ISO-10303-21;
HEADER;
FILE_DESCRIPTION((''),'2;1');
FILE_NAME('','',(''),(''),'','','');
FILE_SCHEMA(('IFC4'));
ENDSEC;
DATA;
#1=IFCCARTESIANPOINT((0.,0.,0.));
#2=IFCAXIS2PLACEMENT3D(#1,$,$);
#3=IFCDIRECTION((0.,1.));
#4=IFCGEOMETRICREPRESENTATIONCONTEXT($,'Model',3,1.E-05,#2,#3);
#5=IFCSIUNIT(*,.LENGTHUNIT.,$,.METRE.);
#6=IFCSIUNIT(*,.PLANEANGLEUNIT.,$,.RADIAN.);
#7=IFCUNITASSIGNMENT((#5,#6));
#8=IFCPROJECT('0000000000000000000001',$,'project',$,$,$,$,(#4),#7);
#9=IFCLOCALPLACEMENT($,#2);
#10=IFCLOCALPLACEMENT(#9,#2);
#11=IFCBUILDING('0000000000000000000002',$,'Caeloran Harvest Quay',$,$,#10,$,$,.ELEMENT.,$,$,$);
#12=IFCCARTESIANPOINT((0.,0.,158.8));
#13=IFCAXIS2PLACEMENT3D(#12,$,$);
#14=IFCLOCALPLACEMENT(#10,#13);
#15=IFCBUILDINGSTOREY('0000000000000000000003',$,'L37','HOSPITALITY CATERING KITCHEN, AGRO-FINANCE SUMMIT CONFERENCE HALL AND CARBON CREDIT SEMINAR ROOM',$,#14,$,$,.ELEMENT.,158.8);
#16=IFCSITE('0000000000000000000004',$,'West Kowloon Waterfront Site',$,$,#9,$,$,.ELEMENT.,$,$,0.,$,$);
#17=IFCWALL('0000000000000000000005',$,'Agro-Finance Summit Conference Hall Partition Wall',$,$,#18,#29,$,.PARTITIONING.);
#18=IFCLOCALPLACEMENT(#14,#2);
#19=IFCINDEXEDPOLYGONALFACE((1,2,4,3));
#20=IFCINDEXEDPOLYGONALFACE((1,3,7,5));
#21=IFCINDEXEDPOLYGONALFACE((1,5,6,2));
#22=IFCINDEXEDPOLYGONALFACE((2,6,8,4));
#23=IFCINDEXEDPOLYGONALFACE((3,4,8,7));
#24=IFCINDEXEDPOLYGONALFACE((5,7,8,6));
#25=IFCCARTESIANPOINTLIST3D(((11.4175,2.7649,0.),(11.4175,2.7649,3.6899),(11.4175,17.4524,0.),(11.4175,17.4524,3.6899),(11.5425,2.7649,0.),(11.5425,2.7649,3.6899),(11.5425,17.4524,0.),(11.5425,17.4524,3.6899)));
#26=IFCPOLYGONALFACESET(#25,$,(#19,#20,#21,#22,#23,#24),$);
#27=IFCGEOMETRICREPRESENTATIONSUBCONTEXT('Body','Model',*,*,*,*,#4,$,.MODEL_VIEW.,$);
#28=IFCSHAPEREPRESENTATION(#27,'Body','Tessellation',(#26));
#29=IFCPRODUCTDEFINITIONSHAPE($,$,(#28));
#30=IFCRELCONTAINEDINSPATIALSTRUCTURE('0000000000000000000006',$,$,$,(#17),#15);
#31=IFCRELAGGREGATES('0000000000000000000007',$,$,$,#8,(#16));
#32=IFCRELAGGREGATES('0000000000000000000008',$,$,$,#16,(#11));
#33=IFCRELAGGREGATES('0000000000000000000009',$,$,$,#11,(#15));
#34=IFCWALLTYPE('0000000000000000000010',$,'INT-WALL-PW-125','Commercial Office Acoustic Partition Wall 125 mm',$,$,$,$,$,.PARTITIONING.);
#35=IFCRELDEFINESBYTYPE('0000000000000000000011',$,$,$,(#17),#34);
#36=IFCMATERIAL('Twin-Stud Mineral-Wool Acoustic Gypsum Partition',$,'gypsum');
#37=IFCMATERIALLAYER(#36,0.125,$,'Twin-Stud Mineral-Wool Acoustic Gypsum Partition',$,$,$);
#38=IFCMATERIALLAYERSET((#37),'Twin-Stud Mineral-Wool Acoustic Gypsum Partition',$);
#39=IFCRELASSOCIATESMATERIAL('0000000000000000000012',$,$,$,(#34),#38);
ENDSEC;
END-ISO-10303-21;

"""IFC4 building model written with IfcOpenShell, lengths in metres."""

from ifc_helpers import new_model, si_unit, direction, frame, frame_2d, origin, place, context, subcontext, project, spatial, rectangle, extrude, material, layer, layer_set, type_object, element, save


model = new_model("IFC4")

# Units and contexts
model_context = context("Model", 3, precision=1e-05, world=origin(), true_north=direction((0.0, 1.0)))
body_context = subcontext(model_context, "Body", "Model", "MODEL_VIEW")
ifc_project = project(units=[si_unit("LENGTHUNIT", "METRE"), si_unit("PLANEANGLEUNIT", "RADIAN")], contexts=[model_context])

# Site, building, storey
site_placement = place(None, origin())
site = spatial("IfcSite", under=ifc_project, at=site_placement, Name="West Kowloon Waterfront Site", CompositionType="ELEMENT", RefElevation=0.0)
building_placement = place(site_placement, origin())
building = spatial("IfcBuilding", under=site, at=building_placement, Name="Caeloran Harvest Quay", CompositionType="ELEMENT")
storey_placement = place(building_placement, frame((0.0, 0.0, 158.8)))
storey = spatial("IfcBuildingStorey", under=building, at=storey_placement, Name="L37", Description="HOSPITALITY CATERING KITCHEN, AGRO-FINANCE SUMMIT CONFERENCE HALL AND CARBON CREDIT SEMINAR ROOM", CompositionType="ELEMENT", Elevation=158.8)

# Wall
ifc_material_1 = material(Name="Twin-Stud Mineral-Wool Acoustic Gypsum Partition", Category="gypsum")
ifc_layer_1 = layer(ifc_material_1, 0.125, Name="Twin-Stud Mineral-Wool Acoustic Gypsum Partition")
ifc_layer_set_1 = layer_set([ifc_layer_1], Name="Twin-Stud Mineral-Wool Acoustic Gypsum Partition")
wall_type_1 = type_object("IfcWallType", Name="INT-WALL-PW-125", Description="Commercial Office Acoustic Partition Wall 125 mm", PredefinedType="PARTITIONING", material=ifc_layer_set_1)
wall_1_placement = place(storey_placement, frame((11.48, 2.7649, 0.0), z_axis=(0.0, 0.0, 1.0), x_axis=(0.0, 1.0, 0.0)))
element("IfcWall", 1, at=wall_1_placement, inside=storey, type_object=wall_type_1, Name="Agro-Finance Summit Conference Hall Partition Wall", PredefinedType="PARTITIONING", context=body_context, shape_type="SweptSolid", body=[
    extrude(rectangle(XDim=14.6875, YDim=0.125, at=frame_2d((7.3438, 0.0))), origin(), (0.0, 0.0, 1.0), 3.6899),
])

save(model, "model.ifc")
